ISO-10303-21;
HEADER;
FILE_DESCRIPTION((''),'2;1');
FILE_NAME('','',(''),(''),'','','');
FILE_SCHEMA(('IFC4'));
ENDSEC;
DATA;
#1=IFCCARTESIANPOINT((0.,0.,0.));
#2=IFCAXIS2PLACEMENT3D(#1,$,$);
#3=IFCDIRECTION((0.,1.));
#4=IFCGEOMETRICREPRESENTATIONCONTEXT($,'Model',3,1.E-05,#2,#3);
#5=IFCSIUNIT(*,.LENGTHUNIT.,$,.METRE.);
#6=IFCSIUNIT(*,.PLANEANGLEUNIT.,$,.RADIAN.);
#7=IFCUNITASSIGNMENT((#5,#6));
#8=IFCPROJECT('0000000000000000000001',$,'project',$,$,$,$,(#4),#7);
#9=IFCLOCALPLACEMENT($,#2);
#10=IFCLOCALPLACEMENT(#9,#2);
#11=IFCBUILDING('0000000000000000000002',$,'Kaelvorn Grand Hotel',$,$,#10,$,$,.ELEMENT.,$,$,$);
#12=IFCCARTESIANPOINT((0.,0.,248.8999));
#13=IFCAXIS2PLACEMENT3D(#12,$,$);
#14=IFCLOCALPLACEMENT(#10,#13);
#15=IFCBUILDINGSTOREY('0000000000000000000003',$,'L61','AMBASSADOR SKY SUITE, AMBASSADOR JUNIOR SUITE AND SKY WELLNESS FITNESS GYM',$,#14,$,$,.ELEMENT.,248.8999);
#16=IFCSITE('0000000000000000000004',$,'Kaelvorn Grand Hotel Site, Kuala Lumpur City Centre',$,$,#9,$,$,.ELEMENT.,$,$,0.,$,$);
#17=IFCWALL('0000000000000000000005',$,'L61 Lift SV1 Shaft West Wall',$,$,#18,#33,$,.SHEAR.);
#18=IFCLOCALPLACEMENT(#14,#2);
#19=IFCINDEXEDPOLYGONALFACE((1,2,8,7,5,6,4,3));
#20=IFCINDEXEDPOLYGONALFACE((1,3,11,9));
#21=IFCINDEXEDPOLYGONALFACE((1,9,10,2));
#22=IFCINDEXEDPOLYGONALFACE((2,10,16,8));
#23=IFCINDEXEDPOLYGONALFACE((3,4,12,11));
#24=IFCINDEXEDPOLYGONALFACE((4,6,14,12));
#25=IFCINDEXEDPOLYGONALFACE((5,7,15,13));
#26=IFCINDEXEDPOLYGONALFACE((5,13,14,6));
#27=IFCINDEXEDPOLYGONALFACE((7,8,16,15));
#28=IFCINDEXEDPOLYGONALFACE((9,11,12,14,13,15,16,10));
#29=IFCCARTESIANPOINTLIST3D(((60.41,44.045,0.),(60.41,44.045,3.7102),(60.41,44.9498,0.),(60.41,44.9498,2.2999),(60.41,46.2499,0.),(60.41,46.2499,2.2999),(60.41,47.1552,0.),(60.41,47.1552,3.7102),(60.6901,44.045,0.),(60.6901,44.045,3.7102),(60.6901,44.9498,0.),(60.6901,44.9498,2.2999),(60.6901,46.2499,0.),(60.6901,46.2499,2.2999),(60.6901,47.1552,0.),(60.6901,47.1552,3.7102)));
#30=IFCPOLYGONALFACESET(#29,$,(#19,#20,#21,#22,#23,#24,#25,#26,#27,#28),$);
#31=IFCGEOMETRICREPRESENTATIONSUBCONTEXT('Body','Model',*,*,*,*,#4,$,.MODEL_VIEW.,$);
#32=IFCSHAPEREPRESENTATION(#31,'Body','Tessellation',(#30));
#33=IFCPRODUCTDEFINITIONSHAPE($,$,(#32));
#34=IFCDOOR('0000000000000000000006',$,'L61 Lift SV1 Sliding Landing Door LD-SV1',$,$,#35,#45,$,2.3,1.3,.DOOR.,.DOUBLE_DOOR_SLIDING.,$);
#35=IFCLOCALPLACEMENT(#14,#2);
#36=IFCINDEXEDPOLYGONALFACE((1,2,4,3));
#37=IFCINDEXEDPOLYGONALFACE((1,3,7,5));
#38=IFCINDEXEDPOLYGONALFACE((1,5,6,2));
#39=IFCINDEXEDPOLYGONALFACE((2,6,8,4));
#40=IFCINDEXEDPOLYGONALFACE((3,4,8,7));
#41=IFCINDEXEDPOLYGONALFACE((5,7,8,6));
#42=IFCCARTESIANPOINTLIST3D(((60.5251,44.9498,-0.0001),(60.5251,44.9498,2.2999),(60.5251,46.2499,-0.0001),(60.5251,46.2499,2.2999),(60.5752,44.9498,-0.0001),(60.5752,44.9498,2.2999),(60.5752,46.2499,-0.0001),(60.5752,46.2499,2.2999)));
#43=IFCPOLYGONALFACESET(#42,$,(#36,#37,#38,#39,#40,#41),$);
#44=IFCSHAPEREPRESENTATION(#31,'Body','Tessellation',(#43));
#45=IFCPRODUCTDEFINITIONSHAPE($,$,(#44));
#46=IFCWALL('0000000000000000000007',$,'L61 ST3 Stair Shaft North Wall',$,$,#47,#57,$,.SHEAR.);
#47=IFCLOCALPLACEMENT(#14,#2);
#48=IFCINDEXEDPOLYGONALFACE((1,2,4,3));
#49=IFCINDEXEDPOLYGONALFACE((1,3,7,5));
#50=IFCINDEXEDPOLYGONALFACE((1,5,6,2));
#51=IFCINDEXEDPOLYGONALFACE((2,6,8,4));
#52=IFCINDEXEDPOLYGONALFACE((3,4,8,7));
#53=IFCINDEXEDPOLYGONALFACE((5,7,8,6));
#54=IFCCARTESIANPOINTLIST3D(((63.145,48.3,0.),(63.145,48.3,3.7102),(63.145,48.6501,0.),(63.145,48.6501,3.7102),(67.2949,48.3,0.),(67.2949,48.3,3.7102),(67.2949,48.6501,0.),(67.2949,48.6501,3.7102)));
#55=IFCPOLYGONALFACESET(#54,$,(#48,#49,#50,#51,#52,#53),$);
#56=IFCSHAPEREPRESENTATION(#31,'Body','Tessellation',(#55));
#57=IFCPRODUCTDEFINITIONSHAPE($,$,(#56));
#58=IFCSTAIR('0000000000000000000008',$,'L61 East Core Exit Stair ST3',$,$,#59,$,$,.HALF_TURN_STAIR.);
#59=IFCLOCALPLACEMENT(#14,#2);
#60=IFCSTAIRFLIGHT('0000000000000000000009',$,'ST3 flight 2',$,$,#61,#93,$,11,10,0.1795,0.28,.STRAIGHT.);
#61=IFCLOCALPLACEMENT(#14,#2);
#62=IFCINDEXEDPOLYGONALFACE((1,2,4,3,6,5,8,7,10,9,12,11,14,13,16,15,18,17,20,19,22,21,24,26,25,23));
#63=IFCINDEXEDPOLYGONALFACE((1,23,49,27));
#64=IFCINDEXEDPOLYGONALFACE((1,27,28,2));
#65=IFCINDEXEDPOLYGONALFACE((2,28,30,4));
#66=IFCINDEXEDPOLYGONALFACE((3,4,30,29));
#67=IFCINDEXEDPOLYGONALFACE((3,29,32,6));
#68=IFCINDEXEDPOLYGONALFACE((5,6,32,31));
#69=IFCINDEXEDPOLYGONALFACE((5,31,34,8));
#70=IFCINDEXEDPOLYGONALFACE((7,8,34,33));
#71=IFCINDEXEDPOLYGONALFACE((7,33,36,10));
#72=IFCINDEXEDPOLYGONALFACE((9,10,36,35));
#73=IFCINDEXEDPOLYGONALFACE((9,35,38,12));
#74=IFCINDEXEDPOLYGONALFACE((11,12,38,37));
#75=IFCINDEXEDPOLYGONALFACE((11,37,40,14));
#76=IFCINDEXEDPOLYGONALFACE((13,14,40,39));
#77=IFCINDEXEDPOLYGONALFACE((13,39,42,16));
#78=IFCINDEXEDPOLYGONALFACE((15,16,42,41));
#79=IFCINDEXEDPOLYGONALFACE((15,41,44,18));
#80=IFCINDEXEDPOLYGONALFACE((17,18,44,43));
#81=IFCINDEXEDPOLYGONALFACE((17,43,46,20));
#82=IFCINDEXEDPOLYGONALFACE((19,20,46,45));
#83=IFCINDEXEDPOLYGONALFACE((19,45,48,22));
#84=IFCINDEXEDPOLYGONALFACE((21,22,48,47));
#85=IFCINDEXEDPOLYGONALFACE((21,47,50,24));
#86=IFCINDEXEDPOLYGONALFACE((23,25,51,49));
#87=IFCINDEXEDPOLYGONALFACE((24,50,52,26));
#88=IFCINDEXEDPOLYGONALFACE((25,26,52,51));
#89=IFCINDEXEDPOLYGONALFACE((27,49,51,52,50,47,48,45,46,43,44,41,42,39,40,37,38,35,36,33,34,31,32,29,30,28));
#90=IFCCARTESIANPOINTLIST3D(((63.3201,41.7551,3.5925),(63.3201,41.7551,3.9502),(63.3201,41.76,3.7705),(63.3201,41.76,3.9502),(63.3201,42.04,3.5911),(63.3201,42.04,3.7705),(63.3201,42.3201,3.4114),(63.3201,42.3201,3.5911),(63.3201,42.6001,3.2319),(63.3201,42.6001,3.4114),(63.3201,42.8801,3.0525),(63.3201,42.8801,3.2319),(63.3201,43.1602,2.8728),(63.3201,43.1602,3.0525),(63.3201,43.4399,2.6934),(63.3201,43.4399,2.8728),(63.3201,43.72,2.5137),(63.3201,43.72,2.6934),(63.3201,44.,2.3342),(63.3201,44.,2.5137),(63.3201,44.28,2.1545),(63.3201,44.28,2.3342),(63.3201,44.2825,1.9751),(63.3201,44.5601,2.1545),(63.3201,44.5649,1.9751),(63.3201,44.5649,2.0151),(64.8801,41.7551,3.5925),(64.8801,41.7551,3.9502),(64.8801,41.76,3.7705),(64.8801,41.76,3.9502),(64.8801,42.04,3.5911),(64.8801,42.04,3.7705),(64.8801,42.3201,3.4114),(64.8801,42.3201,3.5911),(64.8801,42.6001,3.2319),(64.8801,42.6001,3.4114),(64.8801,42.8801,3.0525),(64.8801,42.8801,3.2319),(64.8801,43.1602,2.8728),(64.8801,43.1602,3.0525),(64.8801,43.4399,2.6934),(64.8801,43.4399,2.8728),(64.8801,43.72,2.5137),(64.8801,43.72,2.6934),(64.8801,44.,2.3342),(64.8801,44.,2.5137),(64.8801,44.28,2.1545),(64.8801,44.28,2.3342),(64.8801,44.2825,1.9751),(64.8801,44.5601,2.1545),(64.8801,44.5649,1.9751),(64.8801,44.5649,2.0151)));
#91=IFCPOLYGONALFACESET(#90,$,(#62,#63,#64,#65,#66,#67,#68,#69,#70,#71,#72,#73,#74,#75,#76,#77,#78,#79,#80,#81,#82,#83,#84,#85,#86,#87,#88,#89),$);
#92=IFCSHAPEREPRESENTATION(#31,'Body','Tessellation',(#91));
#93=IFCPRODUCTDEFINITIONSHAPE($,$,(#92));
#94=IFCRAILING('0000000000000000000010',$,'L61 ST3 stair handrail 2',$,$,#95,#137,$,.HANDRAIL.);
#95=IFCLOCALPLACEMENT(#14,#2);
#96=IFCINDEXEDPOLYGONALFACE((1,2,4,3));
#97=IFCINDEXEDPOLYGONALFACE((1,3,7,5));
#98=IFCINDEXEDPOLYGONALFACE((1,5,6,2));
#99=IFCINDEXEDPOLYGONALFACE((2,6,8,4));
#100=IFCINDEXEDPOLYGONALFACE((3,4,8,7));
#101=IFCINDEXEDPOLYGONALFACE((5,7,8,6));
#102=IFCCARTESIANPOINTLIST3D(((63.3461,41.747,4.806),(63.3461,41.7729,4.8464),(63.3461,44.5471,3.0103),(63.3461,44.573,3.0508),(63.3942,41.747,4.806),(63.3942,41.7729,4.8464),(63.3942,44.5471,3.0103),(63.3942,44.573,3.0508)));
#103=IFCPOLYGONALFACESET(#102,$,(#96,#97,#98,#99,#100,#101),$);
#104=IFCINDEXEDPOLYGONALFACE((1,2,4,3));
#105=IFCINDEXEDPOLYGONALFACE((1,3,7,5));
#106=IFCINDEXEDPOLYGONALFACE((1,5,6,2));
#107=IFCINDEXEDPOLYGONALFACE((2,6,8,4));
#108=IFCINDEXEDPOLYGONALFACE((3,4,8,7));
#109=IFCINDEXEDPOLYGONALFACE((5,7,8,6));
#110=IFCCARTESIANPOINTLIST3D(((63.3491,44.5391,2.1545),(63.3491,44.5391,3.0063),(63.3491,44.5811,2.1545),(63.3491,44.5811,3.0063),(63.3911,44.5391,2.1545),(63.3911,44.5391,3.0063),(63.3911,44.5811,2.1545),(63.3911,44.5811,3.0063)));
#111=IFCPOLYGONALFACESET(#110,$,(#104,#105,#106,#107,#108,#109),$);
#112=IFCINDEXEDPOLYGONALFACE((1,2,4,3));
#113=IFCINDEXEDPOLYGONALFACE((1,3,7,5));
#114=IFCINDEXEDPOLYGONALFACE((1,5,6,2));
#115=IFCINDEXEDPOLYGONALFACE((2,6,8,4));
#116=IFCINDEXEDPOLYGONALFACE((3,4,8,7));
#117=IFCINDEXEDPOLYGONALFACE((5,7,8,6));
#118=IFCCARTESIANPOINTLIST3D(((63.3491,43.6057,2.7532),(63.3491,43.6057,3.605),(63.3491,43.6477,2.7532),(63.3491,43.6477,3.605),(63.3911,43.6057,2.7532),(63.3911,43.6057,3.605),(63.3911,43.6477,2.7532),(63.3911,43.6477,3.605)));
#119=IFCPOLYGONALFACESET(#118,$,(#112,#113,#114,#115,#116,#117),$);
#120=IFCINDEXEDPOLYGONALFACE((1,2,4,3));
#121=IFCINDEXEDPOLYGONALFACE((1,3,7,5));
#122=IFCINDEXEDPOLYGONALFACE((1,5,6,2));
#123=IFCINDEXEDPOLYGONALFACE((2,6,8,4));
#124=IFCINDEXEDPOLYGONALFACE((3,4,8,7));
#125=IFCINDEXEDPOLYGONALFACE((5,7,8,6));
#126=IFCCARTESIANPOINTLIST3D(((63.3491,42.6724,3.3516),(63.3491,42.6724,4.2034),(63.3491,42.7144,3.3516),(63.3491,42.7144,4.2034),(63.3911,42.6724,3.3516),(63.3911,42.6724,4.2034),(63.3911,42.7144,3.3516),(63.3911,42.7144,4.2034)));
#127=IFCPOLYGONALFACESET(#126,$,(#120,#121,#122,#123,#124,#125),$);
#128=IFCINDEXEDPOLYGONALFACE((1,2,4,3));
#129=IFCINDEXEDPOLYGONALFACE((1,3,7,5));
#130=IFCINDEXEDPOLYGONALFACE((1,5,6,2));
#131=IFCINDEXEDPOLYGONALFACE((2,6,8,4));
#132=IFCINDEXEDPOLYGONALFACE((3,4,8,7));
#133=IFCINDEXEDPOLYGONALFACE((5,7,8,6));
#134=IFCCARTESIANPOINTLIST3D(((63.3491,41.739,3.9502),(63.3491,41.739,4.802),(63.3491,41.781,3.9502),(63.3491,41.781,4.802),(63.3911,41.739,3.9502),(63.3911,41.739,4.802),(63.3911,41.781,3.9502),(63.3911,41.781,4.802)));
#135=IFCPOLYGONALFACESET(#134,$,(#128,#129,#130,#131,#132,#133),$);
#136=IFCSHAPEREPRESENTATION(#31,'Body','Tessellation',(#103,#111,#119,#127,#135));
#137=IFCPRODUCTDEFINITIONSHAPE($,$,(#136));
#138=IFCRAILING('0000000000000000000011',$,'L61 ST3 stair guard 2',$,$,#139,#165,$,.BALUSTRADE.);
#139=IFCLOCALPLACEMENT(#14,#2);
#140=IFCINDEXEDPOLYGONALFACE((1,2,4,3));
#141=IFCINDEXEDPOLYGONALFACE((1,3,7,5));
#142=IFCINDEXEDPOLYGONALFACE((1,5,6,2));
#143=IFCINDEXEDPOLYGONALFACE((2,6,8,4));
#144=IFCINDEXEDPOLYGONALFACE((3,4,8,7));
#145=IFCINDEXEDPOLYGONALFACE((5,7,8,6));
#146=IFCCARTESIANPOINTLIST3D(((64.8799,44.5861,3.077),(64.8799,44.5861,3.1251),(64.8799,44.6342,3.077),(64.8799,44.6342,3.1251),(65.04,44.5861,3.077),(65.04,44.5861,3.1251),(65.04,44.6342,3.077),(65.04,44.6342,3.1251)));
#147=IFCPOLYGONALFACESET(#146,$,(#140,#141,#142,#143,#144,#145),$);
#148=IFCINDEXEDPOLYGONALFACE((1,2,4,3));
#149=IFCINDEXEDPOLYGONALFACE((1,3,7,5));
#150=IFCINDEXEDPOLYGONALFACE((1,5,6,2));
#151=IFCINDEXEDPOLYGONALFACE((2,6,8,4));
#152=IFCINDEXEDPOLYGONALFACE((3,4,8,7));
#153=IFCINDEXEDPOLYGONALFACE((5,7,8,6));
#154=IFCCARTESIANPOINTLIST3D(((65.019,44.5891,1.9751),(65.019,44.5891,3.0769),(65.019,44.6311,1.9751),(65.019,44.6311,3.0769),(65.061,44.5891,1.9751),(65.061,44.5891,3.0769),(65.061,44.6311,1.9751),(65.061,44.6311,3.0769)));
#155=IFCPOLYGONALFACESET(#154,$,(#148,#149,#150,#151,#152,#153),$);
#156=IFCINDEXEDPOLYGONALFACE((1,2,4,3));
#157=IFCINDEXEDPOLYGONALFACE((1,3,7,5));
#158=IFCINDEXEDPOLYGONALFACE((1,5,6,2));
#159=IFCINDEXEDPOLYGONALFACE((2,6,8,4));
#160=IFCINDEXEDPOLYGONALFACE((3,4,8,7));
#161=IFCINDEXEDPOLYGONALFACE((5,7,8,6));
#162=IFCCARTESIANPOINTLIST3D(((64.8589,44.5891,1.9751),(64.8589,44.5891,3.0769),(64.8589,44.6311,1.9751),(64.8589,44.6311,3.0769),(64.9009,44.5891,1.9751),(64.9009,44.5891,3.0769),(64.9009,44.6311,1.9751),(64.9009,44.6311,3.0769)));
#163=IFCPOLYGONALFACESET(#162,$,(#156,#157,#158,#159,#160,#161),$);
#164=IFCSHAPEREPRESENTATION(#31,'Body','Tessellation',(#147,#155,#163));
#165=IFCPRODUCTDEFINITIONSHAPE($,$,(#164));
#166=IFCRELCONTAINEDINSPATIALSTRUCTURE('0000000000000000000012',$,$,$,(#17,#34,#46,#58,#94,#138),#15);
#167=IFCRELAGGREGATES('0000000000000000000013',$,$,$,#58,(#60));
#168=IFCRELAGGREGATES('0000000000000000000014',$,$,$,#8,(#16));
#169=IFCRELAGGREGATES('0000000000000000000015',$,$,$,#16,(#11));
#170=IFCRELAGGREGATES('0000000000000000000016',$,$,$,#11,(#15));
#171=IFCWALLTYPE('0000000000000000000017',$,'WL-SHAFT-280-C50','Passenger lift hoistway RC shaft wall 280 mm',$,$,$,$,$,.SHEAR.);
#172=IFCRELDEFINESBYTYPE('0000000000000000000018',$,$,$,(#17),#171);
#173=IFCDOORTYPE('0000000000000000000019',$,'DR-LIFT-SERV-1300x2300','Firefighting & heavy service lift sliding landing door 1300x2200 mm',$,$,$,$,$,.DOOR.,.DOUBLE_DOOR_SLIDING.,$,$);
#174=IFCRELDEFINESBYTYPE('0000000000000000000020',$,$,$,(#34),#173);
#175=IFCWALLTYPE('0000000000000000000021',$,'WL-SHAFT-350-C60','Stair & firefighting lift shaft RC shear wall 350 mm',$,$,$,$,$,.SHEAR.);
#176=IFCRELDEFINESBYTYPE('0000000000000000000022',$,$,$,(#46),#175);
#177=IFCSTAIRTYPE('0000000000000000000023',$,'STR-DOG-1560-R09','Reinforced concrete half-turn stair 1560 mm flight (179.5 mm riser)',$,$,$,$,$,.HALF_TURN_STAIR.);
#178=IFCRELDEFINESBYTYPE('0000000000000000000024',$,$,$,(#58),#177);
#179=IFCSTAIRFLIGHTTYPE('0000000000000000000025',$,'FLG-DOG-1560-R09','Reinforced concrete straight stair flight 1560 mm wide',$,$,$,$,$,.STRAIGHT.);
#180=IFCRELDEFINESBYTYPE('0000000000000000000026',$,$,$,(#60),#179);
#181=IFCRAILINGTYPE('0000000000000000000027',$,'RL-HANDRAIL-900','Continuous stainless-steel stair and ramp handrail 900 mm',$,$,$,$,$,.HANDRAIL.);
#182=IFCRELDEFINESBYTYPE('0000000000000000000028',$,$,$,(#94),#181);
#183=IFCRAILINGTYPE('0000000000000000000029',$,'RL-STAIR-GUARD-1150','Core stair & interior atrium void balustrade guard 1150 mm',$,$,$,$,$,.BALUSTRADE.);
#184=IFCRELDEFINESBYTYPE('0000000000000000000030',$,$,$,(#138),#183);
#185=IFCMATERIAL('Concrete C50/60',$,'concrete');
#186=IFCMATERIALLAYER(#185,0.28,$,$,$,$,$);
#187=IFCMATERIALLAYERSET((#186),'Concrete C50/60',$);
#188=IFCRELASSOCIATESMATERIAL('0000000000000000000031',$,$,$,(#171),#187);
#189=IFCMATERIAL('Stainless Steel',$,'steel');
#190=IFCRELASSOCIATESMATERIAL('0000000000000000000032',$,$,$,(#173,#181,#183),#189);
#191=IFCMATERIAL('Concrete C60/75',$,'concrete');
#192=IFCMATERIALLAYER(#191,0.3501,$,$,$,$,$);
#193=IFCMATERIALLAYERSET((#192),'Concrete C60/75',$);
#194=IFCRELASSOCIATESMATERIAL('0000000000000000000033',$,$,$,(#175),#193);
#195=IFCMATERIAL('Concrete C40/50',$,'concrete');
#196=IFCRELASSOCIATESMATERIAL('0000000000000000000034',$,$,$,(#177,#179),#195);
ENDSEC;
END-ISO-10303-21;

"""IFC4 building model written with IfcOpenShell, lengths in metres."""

from ifc_helpers import new_model, si_unit, direction, frame, frame_2d, origin, origin_2d, place, context, subcontext, project, spatial, polyline, rectangle, outline, extrude, material, layer, layer_set, type_object, element, fill, aggregate, save


model = new_model("IFC4")

# Units and contexts
model_context = context("Model", 3, precision=1e-05, world=origin(), true_north=direction((0.0, 1.0)))
body_context = subcontext(model_context, "Body", "Model", "MODEL_VIEW")
ifc_project = project(units=[si_unit("LENGTHUNIT", "METRE"), si_unit("PLANEANGLEUNIT", "RADIAN")], contexts=[model_context])

# Site, building, storey
site_placement = place(None, origin())
site = spatial("IfcSite", under=ifc_project, at=site_placement, Name="Kaelvorn Grand Hotel Site, Kuala Lumpur City Centre", CompositionType="ELEMENT", RefElevation=0.0)
building_placement = place(site_placement, origin())
building = spatial("IfcBuilding", under=site, at=building_placement, Name="Kaelvorn Grand Hotel", CompositionType="ELEMENT")
storey_placement = place(building_placement, frame((0.0, 0.0, 248.8999)))
storey = spatial("IfcBuildingStorey", under=building, at=storey_placement, Name="L61", Description="AMBASSADOR SKY SUITE, AMBASSADOR JUNIOR SUITE AND SKY WELLNESS FITNESS GYM", CompositionType="ELEMENT", Elevation=248.8999)

# Shared definitions
ifc_material_1 = material(Name="Concrete C60/75", Category="concrete")
ifc_material_2 = material(Name="Concrete C50/60", Category="concrete")

# Shared definitions
ifc_material_3 = material(Name="Concrete C40/50", Category="concrete")

# Shared definitions
ifc_layer_1 = layer(ifc_material_2, 0.28)
ifc_layer_set_1 = layer_set([ifc_layer_1], Name="Concrete C50/60")
wall_type_1 = type_object("IfcWallType", Name="WL-SHAFT-280-C50", Description="Passenger lift hoistway RC shaft wall 280 mm", PredefinedType="SHEAR", material=ifc_layer_set_1)

# Wall, opening, door
wall_1_placement = place(storey_placement, frame((60.55, 44.0449, 0.0), z_axis=(0.0, 0.0, 1.0), x_axis=(0.0, 1.0, 0.0)))
wall_1 = element("IfcWall", 1, at=wall_1_placement, inside=storey, type_object=wall_type_1, Name="L61 Lift SV1 Shaft West Wall", PredefinedType="SHEAR", context=body_context, shape_type="SweptSolid", body=[
    extrude(rectangle(XDim=3.1101, YDim=0.28, at=frame_2d((1.5552, 0.0))), origin(), (0.0, 0.0, 1.0), 3.7102),
])
opening_1_placement = place(wall_1_placement, frame((0.905, 0.0, 0.0)))
opening_1 = element("IfcOpeningElement", 2, at=opening_1_placement, cuts=wall_1, PredefinedType="OPENING", context=body_context, shape_type="SweptSolid", body=[
    extrude(rectangle(XDim=1.3, YDim=2.3, at=frame_2d((0.6499, 1.1499))), frame((0.0, 0.1499, 0.0), z_axis=(0.0, -1.0, 0.0), x_axis=(1.0, 0.0, 0.0)), (0.0, 0.0, 1.0), 0.3),
])
ifc_material_4 = material(Name="Stainless Steel", Category="steel")
door_type = type_object("IfcDoorType", Name="DR-LIFT-SERV-1300x2300", Description="Firefighting & heavy service lift sliding landing door 1300x2200 mm", OperationType="DOUBLE_DOOR_SLIDING", PredefinedType="DOOR", material=ifc_material_4)
door_placement = place(opening_1_placement, origin())
door = element("IfcDoor", 3, at=door_placement, inside=storey, type_object=door_type, Name="L61 Lift SV1 Sliding Landing Door LD-SV1", OperationType="DOUBLE_DOOR_SLIDING", OverallHeight=2.3, OverallWidth=1.3, PredefinedType="DOOR", context=body_context, shape_type="SweptSolid", body=[
    extrude(rectangle(XDim=1.3, YDim=2.3, at=frame_2d((0.6499, 1.1499))), frame((0.0, 0.0249, 0.0), z_axis=(0.0, -1.0, 0.0), x_axis=(1.0, 0.0, 0.0)), (0.0, 0.0, 1.0), 0.05),
])
fill(opening_1, door)

# Wall
ifc_layer_2 = layer(ifc_material_1, 0.3501)
ifc_layer_set_2 = layer_set([ifc_layer_2], Name="Concrete C60/75")
wall_type_2 = type_object("IfcWallType", Name="WL-SHAFT-350-C60", Description="Stair & firefighting lift shaft RC shear wall 350 mm", PredefinedType="SHEAR", material=ifc_layer_set_2)
wall_2_placement = place(storey_placement, frame((63.145, 48.4751, 0.0), z_axis=(0.0, 0.0, 1.0), x_axis=(1.0, 0.0, 0.0)))
element("IfcWall", 4, at=wall_2_placement, inside=storey, type_object=wall_type_2, Name="L61 ST3 Stair Shaft North Wall", PredefinedType="SHEAR", context=body_context, shape_type="SweptSolid", body=[
    extrude(rectangle(XDim=4.1499, YDim=0.3501, at=frame_2d((2.075, 0.0))), origin(), (0.0, 0.0, 1.0), 3.7102),
])

# Stair, stair flight
stair_type = type_object("IfcStairType", Name="STR-DOG-1560-R09", Description="Reinforced concrete half-turn stair 1560 mm flight (179.5 mm riser)", PredefinedType="HALF_TURN_STAIR", material=ifc_material_3)
stair_placement = place(storey_placement, origin())
stair = element("IfcStair", 5, at=stair_placement, inside=storey, type_object=stair_type, Name="L61 East Core Exit Stair ST3", PredefinedType="HALF_TURN_STAIR")
stair_flight_type = type_object("IfcStairFlightType", Name="FLG-DOG-1560-R09", Description="Reinforced concrete straight stair flight 1560 mm wide", PredefinedType="STRAIGHT", material=ifc_material_3)
stair_flight_placement = place(storey_placement, frame((64.1001, 44.5601, 1.9751), z_axis=(0.0, 0.0, 1.0), x_axis=(0.0, -1.0, 0.0)))
stair_flight = element("IfcStairFlight", 6, at=stair_flight_placement, type_object=stair_flight_type, Name="ST3 flight 2", NumberOfRisers=11, NumberOfTreads=10, PredefinedType="STRAIGHT", RiserHeight=0.1795, TreadLength=0.28, context=body_context, shape_type="SweptSolid", body=[
    extrude(outline(polyline([(-0.0049, 0.0), (-0.0049, 0.04), (0.0, 0.1794), (0.28, 0.1794), (0.28, 0.3591), (0.5601, 0.3591), (0.5601, 0.5386), (0.8401, 0.5386), (0.8401, 0.7183), (1.1201, 0.7183), (1.1201, 0.8977), (1.3999, 0.8977), (1.3999, 1.0774), (1.6799, 1.0774), (1.6799, 1.2568), (1.96, 1.2568), (1.96, 1.4363), (2.24, 1.4363), (2.24, 1.616), (2.52, 1.616), (2.52, 1.7954), (2.8, 1.7954), (2.8, 1.9751), (2.8049, 1.9751), (2.8049, 1.6174), (0.2776, 0.0), (-0.0049, 0.0)])), frame((0.0, 0.78, 0.0), z_axis=(0.0, -1.0, 0.0), x_axis=(1.0, 0.0, 0.0)), (0.0, 0.0, 1.0), 1.5601),
])
aggregate(stair, [stair_flight])

# Railings
railing_type_1 = type_object("IfcRailingType", Name="RL-HANDRAIL-900", Description="Continuous stainless-steel stair and ramp handrail 900 mm", PredefinedType="HANDRAIL", material=ifc_material_4)
railing_1_placement = place(storey_placement, frame((63.3701, 44.5601, 2.1545)))
element("IfcRailing", 7, at=railing_1_placement, inside=storey, type_object=railing_type_1, Name="L61 ST3 stair handrail 2", PredefinedType="HANDRAIL", context=body_context, shape_type="SweptSolid", body=[
    extrude(rectangle(XDim=0.0481, YDim=0.0481, at=origin_2d()), frame((0.0, 0.0, 0.876), z_axis=(0.0, -0.841777, 0.539826), x_axis=(1.0, 0.0, 0.0)), (0.0, 0.0, 1.0), 3.3264),
    extrude(rectangle(XDim=0.042, YDim=0.042, at=origin_2d()), origin(), (0.0, 0.0, 1.0), 0.8518),
    extrude(rectangle(XDim=0.042, YDim=0.042, at=origin_2d()), frame((0.0, -0.9333, 0.5986)), (0.0, 0.0, 1.0), 0.8518),
    extrude(rectangle(XDim=0.042, YDim=0.042, at=origin_2d()), frame((0.0, -1.8667, 1.197)), (0.0, 0.0, 1.0), 0.8518),
    extrude(rectangle(XDim=0.042, YDim=0.042, at=origin_2d()), frame((0.0, -2.8, 1.7957)), (0.0, 0.0, 1.0), 0.8518),
])
railing_type_2 = type_object("IfcRailingType", Name="RL-STAIR-GUARD-1150", Description="Core stair & interior atrium void balustrade guard 1150 mm", PredefinedType="BALUSTRADE", material=ifc_material_4)
railing_2_placement = place(storey_placement, frame((65.04, 44.6101, 1.9751)))
element("IfcRailing", 8, at=railing_2_placement, inside=storey, type_object=railing_type_2, Name="L61 ST3 stair guard 2", PredefinedType="BALUSTRADE", context=body_context, shape_type="SweptSolid", body=[
    extrude(rectangle(XDim=0.0481, YDim=0.0481, at=origin_2d()), frame((0.0, 0.0, 1.126), z_axis=(-1.0, 0.0, 0.0), x_axis=(0.0, -1.0, 0.0)), (0.0, 0.0, 1.0), 0.1602),
    extrude(rectangle(XDim=0.042, YDim=0.042, at=origin_2d()), origin(), (0.0, 0.0, 1.0), 1.1018),
    extrude(rectangle(XDim=0.042, YDim=0.042, at=origin_2d()), frame((-0.1602, 0.0, 0.0)), (0.0, 0.0, 1.0), 1.1018),
])

save(model, "model.ifc")
